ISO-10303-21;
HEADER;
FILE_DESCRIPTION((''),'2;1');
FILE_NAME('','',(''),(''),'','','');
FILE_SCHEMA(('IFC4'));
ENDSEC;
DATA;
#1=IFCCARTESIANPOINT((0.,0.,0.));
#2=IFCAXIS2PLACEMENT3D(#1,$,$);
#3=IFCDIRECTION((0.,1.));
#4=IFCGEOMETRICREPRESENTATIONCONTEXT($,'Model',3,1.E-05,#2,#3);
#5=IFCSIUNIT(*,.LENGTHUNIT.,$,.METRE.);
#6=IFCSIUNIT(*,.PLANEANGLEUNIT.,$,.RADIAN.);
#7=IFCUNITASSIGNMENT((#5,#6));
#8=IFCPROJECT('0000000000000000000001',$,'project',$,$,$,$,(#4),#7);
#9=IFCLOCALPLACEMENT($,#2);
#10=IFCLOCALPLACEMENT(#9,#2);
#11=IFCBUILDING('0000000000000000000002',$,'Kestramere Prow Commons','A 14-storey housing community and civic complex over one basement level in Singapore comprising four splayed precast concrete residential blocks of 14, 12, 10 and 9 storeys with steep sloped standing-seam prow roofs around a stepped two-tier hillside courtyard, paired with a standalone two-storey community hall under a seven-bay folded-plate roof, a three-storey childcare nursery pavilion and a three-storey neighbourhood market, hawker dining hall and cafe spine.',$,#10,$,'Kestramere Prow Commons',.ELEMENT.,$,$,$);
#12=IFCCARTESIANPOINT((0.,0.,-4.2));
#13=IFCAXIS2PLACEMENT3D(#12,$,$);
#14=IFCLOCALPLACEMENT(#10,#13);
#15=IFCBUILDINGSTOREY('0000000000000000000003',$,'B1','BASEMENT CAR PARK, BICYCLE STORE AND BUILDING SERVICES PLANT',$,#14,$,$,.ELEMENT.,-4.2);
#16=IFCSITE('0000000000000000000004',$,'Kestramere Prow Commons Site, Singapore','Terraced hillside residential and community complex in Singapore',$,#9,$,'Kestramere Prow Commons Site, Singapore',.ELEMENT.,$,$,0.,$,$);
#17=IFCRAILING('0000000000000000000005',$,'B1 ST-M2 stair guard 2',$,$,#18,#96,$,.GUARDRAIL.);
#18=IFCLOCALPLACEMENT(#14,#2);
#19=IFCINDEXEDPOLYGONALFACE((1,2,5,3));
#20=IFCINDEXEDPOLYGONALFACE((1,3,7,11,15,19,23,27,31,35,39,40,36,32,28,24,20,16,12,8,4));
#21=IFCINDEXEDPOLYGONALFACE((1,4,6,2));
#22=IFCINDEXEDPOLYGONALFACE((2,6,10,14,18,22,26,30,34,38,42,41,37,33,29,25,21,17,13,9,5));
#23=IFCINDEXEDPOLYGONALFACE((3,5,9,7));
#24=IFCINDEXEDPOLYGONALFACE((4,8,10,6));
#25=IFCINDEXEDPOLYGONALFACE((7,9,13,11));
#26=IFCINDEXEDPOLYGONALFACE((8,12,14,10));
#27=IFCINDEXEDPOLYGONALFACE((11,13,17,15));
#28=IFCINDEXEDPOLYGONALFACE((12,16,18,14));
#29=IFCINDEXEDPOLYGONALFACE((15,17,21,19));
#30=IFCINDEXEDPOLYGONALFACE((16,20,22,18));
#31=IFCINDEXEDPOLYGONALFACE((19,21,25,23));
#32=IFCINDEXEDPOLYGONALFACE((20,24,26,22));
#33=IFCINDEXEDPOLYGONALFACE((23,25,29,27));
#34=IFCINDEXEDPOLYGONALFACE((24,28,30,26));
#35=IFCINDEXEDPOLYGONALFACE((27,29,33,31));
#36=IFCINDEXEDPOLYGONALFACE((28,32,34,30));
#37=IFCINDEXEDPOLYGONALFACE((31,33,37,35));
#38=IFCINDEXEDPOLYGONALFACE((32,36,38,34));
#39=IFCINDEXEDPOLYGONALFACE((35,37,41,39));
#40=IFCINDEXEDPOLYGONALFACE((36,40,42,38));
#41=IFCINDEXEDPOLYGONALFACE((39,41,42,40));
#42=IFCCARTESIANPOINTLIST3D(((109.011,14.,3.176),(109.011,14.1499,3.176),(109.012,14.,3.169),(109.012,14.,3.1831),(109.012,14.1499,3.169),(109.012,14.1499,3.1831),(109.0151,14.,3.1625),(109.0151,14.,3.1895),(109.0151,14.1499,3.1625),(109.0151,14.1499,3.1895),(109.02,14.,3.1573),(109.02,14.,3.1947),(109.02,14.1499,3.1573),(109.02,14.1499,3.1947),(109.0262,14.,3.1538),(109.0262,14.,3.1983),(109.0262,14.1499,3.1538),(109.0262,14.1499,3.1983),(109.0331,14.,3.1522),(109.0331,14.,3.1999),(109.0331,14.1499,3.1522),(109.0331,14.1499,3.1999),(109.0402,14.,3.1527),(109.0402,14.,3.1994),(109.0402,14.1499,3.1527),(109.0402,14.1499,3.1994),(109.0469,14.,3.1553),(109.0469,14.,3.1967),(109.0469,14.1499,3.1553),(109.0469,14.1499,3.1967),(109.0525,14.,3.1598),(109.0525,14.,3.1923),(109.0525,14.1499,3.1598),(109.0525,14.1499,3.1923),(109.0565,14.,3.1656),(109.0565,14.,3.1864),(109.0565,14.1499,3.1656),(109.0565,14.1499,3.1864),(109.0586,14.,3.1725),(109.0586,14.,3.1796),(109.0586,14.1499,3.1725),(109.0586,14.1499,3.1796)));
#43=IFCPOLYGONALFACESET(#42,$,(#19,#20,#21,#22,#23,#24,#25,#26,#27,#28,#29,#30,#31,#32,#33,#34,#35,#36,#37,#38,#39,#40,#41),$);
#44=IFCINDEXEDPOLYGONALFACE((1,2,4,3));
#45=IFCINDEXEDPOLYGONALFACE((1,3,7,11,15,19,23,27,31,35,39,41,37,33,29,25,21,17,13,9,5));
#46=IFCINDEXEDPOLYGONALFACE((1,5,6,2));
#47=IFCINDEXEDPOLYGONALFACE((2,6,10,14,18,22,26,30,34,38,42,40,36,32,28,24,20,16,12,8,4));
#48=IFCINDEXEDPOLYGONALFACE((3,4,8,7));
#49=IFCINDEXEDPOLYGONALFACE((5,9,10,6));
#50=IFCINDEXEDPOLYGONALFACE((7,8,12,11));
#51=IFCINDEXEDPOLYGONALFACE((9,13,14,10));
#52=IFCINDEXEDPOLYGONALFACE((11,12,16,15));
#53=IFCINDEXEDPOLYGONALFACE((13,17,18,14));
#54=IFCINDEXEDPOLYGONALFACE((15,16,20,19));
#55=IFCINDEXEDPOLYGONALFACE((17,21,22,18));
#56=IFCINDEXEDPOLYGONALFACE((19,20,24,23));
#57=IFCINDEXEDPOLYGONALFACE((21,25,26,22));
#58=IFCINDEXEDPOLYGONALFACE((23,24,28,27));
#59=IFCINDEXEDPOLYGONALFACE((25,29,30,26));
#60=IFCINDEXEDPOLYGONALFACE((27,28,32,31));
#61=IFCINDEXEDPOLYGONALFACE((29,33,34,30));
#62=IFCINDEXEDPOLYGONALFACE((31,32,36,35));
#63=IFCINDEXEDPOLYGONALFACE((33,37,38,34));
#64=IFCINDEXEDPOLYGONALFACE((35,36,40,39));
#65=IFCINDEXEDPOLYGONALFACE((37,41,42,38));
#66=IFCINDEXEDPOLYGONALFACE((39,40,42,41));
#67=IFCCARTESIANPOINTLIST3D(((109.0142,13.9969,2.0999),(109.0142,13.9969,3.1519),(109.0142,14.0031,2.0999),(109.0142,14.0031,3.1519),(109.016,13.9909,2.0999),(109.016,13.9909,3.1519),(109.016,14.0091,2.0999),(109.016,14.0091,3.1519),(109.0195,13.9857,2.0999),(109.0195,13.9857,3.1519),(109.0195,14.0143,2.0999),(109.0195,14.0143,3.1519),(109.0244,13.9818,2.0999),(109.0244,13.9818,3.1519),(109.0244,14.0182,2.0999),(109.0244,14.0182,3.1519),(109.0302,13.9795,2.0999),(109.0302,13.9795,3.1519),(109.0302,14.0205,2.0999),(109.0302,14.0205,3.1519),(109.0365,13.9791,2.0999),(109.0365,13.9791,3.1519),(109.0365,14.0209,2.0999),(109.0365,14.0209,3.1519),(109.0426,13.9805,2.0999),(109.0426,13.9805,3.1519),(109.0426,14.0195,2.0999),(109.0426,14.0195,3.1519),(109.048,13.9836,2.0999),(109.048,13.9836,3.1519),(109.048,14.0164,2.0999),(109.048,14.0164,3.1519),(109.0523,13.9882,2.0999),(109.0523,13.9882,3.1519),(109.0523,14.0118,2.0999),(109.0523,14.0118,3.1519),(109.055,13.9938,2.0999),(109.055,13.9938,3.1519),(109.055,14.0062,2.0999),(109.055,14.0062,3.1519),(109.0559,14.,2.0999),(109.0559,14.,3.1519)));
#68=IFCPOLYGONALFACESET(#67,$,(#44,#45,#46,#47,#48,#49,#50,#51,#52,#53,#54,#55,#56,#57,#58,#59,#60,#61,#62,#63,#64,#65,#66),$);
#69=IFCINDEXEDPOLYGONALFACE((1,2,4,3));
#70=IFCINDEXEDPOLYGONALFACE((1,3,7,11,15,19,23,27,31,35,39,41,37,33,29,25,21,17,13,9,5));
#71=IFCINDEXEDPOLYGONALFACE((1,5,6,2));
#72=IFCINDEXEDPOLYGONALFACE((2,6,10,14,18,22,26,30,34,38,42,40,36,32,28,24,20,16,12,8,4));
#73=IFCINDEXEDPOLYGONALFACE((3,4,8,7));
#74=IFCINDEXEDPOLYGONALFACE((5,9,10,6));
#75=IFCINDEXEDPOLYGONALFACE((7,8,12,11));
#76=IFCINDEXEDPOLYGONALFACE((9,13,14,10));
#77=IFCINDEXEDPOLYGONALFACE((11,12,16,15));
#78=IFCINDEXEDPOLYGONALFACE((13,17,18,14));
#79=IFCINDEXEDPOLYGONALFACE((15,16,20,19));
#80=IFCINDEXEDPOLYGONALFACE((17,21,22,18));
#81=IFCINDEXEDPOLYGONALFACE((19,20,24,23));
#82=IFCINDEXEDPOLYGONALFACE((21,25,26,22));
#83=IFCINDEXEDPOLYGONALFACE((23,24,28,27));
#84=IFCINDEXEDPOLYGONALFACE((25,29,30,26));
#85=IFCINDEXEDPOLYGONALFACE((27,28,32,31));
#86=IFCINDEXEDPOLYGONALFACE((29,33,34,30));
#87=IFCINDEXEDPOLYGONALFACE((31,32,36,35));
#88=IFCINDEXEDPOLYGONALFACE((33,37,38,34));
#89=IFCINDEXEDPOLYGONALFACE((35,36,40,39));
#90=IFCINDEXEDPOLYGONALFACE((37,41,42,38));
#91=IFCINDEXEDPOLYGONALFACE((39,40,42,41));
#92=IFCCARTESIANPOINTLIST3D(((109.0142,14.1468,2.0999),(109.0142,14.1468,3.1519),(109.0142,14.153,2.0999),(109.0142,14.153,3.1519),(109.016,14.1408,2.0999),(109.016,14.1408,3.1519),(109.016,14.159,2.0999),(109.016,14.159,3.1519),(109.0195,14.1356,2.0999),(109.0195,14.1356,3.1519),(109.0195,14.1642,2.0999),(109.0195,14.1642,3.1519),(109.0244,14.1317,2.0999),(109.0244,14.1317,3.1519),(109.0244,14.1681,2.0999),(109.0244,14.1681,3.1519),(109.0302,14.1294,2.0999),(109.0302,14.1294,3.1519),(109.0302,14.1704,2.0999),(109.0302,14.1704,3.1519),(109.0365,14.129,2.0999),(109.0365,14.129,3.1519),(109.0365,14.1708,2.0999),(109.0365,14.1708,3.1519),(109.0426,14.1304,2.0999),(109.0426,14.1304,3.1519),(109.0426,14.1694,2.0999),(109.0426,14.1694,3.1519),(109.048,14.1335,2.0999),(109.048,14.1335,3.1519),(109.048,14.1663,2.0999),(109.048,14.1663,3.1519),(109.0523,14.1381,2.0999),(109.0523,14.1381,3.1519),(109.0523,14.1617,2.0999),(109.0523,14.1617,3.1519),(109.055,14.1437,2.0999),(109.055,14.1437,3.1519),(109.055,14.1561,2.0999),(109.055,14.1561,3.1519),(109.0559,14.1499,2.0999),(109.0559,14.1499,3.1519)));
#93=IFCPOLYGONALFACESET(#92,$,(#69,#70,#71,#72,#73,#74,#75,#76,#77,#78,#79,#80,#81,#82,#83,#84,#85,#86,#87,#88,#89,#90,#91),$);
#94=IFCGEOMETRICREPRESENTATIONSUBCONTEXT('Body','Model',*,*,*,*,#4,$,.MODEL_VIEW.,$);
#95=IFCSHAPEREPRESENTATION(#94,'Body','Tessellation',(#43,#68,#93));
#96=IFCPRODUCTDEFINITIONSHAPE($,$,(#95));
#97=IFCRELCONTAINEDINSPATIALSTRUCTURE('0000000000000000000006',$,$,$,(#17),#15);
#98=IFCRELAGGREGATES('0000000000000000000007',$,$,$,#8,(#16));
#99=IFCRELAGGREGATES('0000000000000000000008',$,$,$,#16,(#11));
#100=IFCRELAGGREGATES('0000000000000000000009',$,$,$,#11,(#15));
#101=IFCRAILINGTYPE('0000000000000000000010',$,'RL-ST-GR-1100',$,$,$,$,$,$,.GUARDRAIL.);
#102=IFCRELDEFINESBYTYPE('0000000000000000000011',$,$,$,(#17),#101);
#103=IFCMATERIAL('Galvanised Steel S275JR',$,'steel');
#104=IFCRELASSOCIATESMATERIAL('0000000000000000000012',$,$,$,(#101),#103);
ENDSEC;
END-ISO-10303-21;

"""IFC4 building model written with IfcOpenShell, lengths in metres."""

from ifc_helpers import new_model, si_unit, direction, frame, origin, origin_2d, place, context, subcontext, project, spatial, circle, extrude, material, type_object, element, save


model = new_model("IFC4")

# Units and contexts
model_context = context("Model", 3, precision=1e-05, world=origin(), true_north=direction((0.0, 1.0)))
body_context = subcontext(model_context, "Body", "Model", "MODEL_VIEW")
ifc_project = project(units=[si_unit("LENGTHUNIT", "METRE"), si_unit("PLANEANGLEUNIT", "RADIAN")], contexts=[model_context])

# Site, building, storey
site_placement = place(None, origin())
site = spatial("IfcSite", under=ifc_project, at=site_placement, Name="Kestramere Prow Commons Site, Singapore", Description="Terraced hillside residential and community complex in Singapore", LongName="Kestramere Prow Commons Site, Singapore", CompositionType="ELEMENT", RefElevation=0.0)
building_placement = place(site_placement, origin())
building = spatial("IfcBuilding", under=site, at=building_placement, Name="Kestramere Prow Commons", Description="A 14-storey housing community and civic complex over one basement level in Singapore comprising four splayed precast concrete residential blocks of 14, 12, 10 and 9 storeys with steep sloped standing-seam prow roofs around a stepped two-tier hillside courtyard, paired with a standalone two-storey community hall under a seven-bay folded-plate roof, a three-storey childcare nursery pavilion and a three-storey neighbourhood market, hawker dining hall and cafe spine.", LongName="Kestramere Prow Commons", CompositionType="ELEMENT")
storey_placement = place(building_placement, frame((0.0, 0.0, -4.2)))
storey = spatial("IfcBuildingStorey", under=building, at=storey_placement, Name="B1", Description="BASEMENT CAR PARK, BICYCLE STORE AND BUILDING SERVICES PLANT", CompositionType="ELEMENT", Elevation=-4.2)

# Railing
ifc_material_1 = material(Name="Galvanised Steel S275JR", Category="steel")
railing_type_1 = type_object("IfcRailingType", Name="RL-ST-GR-1100", PredefinedType="GUARDRAIL", material=ifc_material_1)
railing_1_placement = place(storey_placement, frame((109.0349, 14.0, 2.0999)))
element("IfcRailing", 1, at=railing_1_placement, inside=storey, type_object=railing_type_1, Name="B1 ST-M2 stair guard 2", PredefinedType="GUARDRAIL", context=body_context, shape_type="SweptSolid", body=[
    extrude(circle(Radius=0.0239, at=origin_2d()), frame((0.0, 0.0, 1.0762), z_axis=(0.0, 1.0, 0.0), x_axis=(-1.0, 0.0, 0.0)), (0.0, 0.0, 1.0), 0.1499),
    extrude(circle(Radius=0.021, at=origin_2d()), origin(), (0.0, 0.0, 1.0), 1.052),
    extrude(circle(Radius=0.021, at=origin_2d()), frame((0.0, 0.1499, 0.0)), (0.0, 0.0, 1.0), 1.052),
])

save(model, "model.ifc")
